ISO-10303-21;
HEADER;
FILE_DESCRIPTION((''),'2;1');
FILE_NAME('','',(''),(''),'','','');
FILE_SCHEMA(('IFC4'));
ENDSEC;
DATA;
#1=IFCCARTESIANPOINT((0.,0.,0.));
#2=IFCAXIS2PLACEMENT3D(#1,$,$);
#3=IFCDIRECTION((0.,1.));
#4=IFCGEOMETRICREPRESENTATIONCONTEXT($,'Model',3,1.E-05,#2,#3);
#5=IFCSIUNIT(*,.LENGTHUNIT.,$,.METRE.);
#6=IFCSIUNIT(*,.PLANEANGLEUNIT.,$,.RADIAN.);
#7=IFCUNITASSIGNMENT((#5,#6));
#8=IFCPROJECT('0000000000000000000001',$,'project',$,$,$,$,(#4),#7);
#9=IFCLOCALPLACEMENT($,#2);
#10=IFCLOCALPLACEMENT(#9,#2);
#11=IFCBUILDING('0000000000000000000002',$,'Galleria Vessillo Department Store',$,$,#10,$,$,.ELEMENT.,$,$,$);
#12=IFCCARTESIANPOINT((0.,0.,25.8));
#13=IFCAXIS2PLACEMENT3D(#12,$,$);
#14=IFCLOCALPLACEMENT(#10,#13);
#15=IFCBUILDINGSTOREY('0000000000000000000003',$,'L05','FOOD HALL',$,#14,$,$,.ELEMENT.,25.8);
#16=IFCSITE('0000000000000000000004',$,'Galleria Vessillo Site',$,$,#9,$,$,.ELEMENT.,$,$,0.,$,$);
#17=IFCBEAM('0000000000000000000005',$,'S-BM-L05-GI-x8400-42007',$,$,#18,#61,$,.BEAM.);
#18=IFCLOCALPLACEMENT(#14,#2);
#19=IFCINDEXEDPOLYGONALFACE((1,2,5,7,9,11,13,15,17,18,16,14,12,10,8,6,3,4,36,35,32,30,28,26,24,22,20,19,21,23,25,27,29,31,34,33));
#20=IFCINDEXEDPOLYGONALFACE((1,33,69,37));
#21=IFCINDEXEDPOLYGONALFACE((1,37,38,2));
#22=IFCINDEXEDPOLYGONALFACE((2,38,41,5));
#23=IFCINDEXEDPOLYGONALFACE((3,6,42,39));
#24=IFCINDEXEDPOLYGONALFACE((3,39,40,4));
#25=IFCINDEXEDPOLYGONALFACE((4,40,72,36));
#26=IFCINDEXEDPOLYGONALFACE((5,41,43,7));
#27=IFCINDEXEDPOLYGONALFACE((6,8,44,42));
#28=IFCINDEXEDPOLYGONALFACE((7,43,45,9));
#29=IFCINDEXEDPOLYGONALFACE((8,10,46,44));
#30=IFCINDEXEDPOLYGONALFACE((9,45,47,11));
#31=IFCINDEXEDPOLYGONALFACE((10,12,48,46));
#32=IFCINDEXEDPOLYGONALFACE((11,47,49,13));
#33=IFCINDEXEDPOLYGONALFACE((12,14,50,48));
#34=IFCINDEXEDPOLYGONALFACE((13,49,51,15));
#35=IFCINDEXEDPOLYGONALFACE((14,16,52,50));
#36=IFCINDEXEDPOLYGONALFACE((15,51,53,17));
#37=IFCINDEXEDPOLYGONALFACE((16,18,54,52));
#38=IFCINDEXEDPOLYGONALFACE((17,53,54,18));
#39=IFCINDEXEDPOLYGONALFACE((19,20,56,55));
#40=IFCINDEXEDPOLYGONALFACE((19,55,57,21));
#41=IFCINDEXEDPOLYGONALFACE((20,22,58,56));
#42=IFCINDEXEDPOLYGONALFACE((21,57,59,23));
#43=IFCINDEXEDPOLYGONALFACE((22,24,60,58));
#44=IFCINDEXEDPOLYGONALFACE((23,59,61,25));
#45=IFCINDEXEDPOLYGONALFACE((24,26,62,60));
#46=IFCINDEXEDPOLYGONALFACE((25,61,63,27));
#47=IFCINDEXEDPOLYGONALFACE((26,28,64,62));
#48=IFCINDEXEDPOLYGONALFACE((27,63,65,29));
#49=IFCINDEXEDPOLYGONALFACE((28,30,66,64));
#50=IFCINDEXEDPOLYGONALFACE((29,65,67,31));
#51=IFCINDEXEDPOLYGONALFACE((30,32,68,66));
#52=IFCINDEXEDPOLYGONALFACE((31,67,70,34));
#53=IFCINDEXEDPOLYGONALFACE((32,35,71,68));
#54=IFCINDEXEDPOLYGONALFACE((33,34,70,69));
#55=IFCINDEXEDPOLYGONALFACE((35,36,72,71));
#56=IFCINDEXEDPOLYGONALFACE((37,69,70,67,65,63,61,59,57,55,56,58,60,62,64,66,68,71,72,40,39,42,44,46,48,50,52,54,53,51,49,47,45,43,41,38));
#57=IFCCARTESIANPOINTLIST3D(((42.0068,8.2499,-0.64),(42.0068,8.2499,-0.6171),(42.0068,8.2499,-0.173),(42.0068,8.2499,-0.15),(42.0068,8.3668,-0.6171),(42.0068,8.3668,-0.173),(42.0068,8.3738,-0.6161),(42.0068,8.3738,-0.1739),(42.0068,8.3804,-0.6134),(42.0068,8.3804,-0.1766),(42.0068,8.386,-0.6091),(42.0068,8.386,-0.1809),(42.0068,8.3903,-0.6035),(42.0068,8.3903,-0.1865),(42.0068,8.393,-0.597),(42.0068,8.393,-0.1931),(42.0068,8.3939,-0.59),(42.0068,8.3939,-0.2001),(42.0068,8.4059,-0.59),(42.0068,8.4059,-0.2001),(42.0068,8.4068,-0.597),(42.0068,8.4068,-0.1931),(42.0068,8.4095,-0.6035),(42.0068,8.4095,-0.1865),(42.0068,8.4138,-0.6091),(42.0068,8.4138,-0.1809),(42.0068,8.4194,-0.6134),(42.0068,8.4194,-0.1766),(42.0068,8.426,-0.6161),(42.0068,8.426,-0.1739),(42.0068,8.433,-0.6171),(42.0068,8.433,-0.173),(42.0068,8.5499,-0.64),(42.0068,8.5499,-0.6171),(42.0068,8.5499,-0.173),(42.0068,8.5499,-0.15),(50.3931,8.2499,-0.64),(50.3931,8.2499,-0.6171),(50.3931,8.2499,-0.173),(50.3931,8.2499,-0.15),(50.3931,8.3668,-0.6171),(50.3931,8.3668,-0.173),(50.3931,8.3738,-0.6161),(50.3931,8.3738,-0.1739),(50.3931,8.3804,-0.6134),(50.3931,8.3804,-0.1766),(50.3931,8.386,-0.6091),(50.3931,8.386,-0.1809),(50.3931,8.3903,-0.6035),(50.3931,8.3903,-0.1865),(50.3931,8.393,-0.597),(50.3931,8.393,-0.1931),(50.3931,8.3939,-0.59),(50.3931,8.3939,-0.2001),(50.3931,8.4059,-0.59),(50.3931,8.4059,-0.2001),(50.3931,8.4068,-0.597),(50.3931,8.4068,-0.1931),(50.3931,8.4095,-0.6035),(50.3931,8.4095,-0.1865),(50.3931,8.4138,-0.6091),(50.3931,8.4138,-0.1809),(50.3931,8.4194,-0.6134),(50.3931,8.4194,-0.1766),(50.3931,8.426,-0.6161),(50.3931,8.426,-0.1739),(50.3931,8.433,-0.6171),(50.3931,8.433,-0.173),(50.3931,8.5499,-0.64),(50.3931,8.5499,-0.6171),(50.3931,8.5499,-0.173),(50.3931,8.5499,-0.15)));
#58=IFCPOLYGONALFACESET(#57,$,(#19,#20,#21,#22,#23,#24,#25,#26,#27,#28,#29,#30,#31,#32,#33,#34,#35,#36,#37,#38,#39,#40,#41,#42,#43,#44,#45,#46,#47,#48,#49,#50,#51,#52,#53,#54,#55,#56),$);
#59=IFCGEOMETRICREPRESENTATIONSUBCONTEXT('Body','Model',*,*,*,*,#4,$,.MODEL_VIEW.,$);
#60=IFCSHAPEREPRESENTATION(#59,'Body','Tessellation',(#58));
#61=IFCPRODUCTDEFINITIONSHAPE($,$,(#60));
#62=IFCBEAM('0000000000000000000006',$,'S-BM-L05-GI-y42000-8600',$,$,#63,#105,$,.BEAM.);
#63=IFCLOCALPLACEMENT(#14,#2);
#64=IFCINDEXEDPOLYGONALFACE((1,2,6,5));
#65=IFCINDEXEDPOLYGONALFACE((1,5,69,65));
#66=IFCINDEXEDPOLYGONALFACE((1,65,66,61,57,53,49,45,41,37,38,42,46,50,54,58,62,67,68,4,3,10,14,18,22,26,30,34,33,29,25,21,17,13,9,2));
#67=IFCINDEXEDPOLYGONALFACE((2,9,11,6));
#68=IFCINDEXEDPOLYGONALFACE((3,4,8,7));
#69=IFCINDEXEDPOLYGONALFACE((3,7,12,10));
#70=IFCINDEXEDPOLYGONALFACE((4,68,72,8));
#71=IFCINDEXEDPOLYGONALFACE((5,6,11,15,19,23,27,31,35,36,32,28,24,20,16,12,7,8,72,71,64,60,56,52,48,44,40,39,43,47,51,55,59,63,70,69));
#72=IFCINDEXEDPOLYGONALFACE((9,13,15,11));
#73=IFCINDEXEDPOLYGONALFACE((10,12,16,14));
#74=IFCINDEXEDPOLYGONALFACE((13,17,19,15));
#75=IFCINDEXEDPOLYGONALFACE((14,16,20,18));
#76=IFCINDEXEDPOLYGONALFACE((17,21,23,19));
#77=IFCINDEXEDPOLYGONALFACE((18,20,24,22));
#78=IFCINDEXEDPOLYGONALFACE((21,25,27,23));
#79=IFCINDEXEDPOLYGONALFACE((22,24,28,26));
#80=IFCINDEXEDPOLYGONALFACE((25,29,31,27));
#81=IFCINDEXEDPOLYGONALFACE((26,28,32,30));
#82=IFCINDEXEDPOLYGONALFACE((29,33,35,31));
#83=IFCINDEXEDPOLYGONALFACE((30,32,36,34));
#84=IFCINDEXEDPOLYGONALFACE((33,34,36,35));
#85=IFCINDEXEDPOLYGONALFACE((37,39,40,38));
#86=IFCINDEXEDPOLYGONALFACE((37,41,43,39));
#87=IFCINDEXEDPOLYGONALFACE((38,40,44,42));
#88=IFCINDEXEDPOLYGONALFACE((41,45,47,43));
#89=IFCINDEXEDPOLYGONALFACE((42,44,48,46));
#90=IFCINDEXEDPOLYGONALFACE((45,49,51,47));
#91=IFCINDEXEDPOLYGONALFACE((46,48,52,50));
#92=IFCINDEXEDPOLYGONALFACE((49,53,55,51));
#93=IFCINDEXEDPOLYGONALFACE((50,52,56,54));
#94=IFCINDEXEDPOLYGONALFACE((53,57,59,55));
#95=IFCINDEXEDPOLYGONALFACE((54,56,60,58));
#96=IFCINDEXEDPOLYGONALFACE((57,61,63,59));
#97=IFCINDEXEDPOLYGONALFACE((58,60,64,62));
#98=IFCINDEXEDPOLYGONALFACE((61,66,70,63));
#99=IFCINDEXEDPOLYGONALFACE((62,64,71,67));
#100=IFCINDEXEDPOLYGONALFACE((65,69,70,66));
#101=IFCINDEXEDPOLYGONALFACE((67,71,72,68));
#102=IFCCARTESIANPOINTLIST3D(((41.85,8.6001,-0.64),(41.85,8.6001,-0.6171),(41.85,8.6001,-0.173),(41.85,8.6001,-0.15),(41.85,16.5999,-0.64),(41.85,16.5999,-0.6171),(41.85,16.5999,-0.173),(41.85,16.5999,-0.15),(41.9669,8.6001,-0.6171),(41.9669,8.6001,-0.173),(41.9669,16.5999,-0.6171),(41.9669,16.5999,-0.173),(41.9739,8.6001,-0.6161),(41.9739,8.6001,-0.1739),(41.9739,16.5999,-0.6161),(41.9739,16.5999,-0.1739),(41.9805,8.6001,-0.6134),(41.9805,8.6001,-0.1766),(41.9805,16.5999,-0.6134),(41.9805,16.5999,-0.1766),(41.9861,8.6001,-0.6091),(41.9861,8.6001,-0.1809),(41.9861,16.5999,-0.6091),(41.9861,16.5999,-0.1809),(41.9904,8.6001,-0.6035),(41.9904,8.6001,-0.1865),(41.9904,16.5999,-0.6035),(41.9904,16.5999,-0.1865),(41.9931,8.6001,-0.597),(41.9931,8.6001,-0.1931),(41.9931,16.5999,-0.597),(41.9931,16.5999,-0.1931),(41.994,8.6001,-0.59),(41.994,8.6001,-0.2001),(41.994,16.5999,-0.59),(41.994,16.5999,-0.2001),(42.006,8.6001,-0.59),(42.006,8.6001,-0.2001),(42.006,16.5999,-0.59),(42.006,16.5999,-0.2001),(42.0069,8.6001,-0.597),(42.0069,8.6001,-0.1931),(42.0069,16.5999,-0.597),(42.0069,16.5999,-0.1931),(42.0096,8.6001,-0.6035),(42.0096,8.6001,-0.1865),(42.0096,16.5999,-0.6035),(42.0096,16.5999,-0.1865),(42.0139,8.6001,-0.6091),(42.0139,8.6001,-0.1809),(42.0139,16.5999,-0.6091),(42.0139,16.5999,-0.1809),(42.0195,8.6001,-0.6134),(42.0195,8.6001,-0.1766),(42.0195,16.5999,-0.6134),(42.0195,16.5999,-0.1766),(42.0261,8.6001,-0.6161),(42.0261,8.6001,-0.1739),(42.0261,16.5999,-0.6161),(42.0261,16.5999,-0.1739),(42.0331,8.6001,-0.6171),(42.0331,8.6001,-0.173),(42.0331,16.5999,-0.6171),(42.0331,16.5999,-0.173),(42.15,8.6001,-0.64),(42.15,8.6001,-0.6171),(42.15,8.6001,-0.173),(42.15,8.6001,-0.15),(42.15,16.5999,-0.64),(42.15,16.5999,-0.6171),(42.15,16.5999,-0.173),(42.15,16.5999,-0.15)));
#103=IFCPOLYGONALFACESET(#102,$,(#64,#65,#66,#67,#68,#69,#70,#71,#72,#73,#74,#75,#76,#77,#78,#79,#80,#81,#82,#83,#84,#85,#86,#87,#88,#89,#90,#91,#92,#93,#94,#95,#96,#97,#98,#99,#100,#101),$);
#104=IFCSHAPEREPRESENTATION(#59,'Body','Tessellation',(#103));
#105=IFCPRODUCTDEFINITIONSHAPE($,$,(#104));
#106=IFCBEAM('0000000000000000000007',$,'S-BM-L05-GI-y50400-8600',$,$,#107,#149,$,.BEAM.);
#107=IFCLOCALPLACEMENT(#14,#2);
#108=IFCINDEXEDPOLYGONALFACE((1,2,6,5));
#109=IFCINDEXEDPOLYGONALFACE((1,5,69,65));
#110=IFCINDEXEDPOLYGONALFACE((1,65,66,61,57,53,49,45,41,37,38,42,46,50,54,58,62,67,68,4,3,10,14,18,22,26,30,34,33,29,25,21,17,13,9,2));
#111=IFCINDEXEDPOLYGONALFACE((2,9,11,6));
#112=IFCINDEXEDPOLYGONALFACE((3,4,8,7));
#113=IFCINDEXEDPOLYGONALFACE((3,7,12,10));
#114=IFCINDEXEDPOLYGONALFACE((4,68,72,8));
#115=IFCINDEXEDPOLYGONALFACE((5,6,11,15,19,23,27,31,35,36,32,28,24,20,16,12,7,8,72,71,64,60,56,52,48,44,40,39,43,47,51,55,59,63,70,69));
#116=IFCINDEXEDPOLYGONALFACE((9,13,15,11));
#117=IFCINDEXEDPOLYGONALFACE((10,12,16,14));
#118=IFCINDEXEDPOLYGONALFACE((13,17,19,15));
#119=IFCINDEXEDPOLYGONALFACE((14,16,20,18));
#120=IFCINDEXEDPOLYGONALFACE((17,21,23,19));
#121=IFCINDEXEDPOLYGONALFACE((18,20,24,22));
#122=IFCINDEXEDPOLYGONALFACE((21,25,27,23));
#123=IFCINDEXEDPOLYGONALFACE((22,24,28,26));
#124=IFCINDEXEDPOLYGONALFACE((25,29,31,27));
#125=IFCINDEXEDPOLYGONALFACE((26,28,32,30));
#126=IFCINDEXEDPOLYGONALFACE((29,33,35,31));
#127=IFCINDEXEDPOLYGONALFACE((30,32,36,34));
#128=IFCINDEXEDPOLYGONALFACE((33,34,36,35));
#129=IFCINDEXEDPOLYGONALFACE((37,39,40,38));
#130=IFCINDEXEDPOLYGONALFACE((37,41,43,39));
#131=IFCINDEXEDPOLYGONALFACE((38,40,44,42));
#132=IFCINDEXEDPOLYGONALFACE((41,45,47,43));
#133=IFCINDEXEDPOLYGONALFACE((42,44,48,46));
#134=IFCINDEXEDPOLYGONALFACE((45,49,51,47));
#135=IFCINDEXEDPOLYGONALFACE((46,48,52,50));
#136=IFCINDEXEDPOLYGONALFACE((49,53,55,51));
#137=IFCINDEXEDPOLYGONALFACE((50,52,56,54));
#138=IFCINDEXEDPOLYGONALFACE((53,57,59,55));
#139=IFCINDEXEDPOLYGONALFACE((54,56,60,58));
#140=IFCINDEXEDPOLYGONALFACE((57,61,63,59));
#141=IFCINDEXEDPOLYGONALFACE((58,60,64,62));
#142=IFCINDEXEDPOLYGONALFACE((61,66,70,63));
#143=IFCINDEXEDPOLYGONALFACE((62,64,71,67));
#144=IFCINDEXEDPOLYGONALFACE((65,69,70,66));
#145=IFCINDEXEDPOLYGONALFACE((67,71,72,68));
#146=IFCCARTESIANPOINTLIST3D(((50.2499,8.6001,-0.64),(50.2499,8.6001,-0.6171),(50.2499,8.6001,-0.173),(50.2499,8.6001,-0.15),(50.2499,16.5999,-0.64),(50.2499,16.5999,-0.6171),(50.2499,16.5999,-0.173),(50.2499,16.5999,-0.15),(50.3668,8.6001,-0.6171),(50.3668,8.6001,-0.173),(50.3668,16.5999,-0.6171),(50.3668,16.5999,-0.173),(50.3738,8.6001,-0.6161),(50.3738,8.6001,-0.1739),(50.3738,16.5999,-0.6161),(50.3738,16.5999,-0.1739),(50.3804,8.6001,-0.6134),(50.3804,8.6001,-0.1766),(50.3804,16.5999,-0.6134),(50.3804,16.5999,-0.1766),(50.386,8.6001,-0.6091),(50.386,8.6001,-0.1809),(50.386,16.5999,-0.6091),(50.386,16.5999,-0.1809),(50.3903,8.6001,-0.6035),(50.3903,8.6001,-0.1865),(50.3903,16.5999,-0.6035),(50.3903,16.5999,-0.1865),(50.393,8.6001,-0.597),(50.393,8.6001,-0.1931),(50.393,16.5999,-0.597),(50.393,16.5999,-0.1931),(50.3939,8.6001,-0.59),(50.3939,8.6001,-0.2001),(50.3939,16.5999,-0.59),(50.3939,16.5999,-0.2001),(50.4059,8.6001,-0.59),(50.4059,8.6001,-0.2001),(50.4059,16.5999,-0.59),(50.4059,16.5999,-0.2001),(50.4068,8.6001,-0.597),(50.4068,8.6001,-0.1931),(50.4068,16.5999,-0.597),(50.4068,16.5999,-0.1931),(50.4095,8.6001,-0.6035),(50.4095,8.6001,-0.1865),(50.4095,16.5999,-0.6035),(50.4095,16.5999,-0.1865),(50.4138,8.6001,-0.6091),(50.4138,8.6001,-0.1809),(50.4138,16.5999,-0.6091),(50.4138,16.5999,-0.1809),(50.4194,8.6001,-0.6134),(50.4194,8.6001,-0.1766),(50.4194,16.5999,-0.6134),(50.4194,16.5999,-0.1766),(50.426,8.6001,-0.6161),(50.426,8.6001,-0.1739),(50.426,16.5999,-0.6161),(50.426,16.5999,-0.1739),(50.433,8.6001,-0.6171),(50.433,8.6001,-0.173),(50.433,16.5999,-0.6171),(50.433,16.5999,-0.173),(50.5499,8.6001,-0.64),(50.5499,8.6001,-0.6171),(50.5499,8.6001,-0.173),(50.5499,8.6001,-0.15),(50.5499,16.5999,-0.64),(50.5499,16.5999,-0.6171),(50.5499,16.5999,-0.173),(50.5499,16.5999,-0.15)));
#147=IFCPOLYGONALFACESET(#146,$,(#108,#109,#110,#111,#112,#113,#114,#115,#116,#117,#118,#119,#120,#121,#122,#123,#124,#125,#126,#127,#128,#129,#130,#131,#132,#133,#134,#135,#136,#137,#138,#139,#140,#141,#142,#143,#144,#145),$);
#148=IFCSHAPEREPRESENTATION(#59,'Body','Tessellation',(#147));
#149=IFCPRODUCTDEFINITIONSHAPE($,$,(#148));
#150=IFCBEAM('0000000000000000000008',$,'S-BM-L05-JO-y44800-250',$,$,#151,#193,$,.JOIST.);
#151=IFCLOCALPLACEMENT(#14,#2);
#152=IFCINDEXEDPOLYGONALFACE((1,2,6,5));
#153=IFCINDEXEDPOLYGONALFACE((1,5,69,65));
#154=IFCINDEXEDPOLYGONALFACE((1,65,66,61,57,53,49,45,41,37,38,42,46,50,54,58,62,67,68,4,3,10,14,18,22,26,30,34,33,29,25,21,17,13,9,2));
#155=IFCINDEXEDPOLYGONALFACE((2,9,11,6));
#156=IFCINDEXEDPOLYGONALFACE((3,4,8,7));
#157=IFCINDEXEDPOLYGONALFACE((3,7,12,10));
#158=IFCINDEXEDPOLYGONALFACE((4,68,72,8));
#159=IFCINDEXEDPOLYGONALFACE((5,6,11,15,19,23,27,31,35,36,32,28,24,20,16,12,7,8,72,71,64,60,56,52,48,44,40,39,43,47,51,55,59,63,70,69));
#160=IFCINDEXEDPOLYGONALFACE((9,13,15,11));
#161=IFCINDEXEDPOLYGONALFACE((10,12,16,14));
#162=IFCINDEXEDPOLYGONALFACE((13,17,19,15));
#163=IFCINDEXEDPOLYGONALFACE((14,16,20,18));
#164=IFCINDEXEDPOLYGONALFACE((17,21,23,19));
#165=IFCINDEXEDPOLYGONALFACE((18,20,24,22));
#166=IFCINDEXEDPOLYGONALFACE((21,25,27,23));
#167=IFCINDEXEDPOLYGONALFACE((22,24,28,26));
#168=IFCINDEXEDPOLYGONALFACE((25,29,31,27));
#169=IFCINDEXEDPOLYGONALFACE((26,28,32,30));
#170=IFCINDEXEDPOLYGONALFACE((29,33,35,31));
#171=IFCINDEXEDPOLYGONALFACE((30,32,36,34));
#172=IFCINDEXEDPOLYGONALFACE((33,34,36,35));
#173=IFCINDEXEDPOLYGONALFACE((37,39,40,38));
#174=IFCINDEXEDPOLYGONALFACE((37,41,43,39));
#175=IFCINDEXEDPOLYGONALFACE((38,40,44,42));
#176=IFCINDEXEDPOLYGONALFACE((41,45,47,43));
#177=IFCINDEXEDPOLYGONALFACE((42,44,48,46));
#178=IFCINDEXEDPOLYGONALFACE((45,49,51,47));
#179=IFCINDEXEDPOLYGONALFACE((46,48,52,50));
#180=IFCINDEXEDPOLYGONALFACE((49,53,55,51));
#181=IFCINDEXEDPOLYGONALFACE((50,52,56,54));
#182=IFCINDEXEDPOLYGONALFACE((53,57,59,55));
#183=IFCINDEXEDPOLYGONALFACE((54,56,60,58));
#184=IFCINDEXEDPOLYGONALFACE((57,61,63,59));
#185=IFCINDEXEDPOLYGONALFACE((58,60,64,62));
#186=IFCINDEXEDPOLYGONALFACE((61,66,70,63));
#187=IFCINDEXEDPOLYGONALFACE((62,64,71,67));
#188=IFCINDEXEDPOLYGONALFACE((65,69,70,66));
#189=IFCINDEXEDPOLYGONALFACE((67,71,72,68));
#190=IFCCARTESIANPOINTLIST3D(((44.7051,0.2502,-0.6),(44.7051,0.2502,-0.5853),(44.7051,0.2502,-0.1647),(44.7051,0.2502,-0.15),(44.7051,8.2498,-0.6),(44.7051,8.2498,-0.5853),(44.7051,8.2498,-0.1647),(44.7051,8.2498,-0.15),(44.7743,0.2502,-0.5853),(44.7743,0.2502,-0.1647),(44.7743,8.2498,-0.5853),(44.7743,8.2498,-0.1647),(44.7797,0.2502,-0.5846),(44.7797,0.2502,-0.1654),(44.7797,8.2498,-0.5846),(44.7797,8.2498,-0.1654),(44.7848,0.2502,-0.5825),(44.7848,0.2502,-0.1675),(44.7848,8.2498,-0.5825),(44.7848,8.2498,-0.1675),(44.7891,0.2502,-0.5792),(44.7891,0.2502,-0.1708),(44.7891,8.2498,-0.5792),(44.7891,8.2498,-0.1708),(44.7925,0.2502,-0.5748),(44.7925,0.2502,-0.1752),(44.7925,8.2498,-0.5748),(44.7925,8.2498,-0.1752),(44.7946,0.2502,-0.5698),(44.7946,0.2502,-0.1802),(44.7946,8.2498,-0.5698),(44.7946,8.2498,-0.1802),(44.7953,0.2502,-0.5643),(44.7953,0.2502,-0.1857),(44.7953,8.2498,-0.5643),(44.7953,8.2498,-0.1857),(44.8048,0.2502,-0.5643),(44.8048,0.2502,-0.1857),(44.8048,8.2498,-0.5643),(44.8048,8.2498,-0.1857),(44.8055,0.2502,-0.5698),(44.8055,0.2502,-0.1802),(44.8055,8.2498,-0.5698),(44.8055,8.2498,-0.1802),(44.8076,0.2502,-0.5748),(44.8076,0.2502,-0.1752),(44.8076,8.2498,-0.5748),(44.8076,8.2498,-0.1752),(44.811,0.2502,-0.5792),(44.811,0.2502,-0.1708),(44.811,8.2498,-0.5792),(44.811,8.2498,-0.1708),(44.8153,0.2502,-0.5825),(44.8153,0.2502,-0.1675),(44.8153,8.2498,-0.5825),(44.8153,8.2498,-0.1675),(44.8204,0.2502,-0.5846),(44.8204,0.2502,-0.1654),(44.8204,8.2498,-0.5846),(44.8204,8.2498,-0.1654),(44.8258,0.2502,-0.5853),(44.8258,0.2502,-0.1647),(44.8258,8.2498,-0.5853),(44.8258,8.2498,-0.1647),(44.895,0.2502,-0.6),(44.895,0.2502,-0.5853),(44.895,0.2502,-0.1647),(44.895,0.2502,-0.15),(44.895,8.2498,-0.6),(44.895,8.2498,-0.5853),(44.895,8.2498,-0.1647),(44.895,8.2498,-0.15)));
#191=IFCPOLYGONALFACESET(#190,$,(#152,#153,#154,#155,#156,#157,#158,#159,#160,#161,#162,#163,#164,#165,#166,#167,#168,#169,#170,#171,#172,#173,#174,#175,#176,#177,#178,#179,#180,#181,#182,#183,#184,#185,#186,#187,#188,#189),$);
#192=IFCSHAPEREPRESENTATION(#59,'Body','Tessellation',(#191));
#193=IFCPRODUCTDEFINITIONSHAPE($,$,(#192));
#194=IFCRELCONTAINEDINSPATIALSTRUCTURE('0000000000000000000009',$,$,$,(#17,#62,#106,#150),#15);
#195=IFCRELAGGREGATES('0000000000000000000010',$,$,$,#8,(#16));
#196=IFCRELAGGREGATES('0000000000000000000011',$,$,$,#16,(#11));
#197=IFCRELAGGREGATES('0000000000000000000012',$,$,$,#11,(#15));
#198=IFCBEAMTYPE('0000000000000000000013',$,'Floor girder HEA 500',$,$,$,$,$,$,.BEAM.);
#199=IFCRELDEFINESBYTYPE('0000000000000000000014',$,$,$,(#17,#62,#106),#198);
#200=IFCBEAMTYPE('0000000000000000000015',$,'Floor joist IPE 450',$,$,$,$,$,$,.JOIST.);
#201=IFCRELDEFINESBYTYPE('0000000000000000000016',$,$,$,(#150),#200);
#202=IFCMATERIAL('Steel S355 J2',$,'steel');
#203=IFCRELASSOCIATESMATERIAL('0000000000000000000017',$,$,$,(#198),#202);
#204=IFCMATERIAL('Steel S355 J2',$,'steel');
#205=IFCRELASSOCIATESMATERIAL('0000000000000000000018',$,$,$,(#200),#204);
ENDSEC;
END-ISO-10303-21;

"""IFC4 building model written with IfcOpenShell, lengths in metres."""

from ifc_helpers import new_model, si_unit, direction, frame, origin, origin_2d, place, context, subcontext, project, spatial, i_section, extrude, material, material_profile, profile_set, type_object, element, save


model = new_model("IFC4")

# Units and contexts
model_context = context("Model", 3, precision=1e-05, world=origin(), true_north=direction((0.0, 1.0)))
body_context = subcontext(model_context, "Body", "Model", "MODEL_VIEW")
ifc_project = project(units=[si_unit("LENGTHUNIT", "METRE"), si_unit("PLANEANGLEUNIT", "RADIAN")], contexts=[model_context])

# Site, building, storey
site_placement = place(None, origin())
site = spatial("IfcSite", under=ifc_project, at=site_placement, Name="Galleria Vessillo Site", CompositionType="ELEMENT", RefElevation=0.0)
building_placement = place(site_placement, origin())
building = spatial("IfcBuilding", under=site, at=building_placement, Name="Galleria Vessillo Department Store", CompositionType="ELEMENT")
storey_placement = place(building_placement, frame((0.0, 0.0, 25.8)))
storey = spatial("IfcBuildingStorey", under=building, at=storey_placement, Name="L05", Description="FOOD HALL", CompositionType="ELEMENT", Elevation=25.8)

# Beams
ifc_material_1 = material(Name="Steel S355 J2", Category="steel")
ifc_material_profile_1 = material_profile(ifc_material_1, i_section(OverallWidth=0.3, OverallDepth=0.49, WebThickness=0.012, FlangeThickness=0.0229, FilletRadius=0.0271, at=origin_2d()), Name="HEA 500")
ifc_profile_set_1 = profile_set([ifc_material_profile_1], Name="Steel S355 J2")
beam_type_1 = type_object("IfcBeamType", Name="Floor girder HEA 500", PredefinedType="BEAM", material=ifc_profile_set_1)
beam_placement = place(storey_placement, frame((42.0068, 8.3999, -0.395), z_axis=(1.0, 0.0, 0.0), x_axis=(0.0, 1.0, 0.0)))
element("IfcBeam", 1, at=beam_placement, inside=storey, type_object=beam_type_1, Name="S-BM-L05-GI-x8400-42007", PredefinedType="BEAM", context=body_context, shape_type="SweptSolid", body=[
    extrude(i_section(OverallWidth=0.3, OverallDepth=0.49, WebThickness=0.012, FlangeThickness=0.0229, FilletRadius=0.0271, at=origin_2d()), origin(), (0.0, 0.0, 1.0), 8.3862),
])
for number, where, z_axis, x_axis, name in (
    (2, (42.0, 8.6001, -0.395), (0.0, 1.0, 0.0), (-1.0, 0.0, 0.0), "S-BM-L05-GI-y42000-8600"),
    (3, (50.3999, 8.6001, -0.395), (0.0, 1.0, 0.0), (-1.0, 0.0, 0.0), "S-BM-L05-GI-y50400-8600"),
):
    element("IfcBeam", number, at=place(storey_placement, frame(where, z_axis=z_axis, x_axis=x_axis)), inside=storey, type_object=beam_type_1, Name=name, PredefinedType="BEAM", context=body_context, shape_type="SweptSolid", body=[
        extrude(i_section(OverallWidth=0.3, OverallDepth=0.49, WebThickness=0.012, FlangeThickness=0.0229, FilletRadius=0.0271, at=origin_2d()), origin(), (0.0, 0.0, 1.0), 7.9998),
    ])
ifc_material_2 = material(Name="Steel S355 J2", Category="steel")
ifc_material_profile_2 = material_profile(ifc_material_2, i_section(OverallWidth=0.1899, OverallDepth=0.45, WebThickness=0.0095, FlangeThickness=0.0146, FilletRadius=0.021, at=origin_2d()), Name="IPE 450")
ifc_profile_set_2 = profile_set([ifc_material_profile_2], Name="Steel S355 J2")
beam_type_2 = type_object("IfcBeamType", Name="Floor joist IPE 450", PredefinedType="JOIST", material=ifc_profile_set_2)
for number, where, z_axis, x_axis, name in (
    (4, (44.8, 0.2502, -0.375), (0.0, 1.0, 0.0), (-1.0, 0.0, 0.0), "S-BM-L05-JO-y44800-250"),
):
    element("IfcBeam", number, at=place(storey_placement, frame(where, z_axis=z_axis, x_axis=x_axis)), inside=storey, type_object=beam_type_2, Name=name, PredefinedType="JOIST", context=body_context, shape_type="SweptSolid", body=[
        extrude(i_section(OverallWidth=0.1899, OverallDepth=0.45, WebThickness=0.0095, FlangeThickness=0.0146, FilletRadius=0.021, at=origin_2d()), origin(), (0.0, 0.0, 1.0), 7.9995),
    ])

save(model, "model.ifc")
